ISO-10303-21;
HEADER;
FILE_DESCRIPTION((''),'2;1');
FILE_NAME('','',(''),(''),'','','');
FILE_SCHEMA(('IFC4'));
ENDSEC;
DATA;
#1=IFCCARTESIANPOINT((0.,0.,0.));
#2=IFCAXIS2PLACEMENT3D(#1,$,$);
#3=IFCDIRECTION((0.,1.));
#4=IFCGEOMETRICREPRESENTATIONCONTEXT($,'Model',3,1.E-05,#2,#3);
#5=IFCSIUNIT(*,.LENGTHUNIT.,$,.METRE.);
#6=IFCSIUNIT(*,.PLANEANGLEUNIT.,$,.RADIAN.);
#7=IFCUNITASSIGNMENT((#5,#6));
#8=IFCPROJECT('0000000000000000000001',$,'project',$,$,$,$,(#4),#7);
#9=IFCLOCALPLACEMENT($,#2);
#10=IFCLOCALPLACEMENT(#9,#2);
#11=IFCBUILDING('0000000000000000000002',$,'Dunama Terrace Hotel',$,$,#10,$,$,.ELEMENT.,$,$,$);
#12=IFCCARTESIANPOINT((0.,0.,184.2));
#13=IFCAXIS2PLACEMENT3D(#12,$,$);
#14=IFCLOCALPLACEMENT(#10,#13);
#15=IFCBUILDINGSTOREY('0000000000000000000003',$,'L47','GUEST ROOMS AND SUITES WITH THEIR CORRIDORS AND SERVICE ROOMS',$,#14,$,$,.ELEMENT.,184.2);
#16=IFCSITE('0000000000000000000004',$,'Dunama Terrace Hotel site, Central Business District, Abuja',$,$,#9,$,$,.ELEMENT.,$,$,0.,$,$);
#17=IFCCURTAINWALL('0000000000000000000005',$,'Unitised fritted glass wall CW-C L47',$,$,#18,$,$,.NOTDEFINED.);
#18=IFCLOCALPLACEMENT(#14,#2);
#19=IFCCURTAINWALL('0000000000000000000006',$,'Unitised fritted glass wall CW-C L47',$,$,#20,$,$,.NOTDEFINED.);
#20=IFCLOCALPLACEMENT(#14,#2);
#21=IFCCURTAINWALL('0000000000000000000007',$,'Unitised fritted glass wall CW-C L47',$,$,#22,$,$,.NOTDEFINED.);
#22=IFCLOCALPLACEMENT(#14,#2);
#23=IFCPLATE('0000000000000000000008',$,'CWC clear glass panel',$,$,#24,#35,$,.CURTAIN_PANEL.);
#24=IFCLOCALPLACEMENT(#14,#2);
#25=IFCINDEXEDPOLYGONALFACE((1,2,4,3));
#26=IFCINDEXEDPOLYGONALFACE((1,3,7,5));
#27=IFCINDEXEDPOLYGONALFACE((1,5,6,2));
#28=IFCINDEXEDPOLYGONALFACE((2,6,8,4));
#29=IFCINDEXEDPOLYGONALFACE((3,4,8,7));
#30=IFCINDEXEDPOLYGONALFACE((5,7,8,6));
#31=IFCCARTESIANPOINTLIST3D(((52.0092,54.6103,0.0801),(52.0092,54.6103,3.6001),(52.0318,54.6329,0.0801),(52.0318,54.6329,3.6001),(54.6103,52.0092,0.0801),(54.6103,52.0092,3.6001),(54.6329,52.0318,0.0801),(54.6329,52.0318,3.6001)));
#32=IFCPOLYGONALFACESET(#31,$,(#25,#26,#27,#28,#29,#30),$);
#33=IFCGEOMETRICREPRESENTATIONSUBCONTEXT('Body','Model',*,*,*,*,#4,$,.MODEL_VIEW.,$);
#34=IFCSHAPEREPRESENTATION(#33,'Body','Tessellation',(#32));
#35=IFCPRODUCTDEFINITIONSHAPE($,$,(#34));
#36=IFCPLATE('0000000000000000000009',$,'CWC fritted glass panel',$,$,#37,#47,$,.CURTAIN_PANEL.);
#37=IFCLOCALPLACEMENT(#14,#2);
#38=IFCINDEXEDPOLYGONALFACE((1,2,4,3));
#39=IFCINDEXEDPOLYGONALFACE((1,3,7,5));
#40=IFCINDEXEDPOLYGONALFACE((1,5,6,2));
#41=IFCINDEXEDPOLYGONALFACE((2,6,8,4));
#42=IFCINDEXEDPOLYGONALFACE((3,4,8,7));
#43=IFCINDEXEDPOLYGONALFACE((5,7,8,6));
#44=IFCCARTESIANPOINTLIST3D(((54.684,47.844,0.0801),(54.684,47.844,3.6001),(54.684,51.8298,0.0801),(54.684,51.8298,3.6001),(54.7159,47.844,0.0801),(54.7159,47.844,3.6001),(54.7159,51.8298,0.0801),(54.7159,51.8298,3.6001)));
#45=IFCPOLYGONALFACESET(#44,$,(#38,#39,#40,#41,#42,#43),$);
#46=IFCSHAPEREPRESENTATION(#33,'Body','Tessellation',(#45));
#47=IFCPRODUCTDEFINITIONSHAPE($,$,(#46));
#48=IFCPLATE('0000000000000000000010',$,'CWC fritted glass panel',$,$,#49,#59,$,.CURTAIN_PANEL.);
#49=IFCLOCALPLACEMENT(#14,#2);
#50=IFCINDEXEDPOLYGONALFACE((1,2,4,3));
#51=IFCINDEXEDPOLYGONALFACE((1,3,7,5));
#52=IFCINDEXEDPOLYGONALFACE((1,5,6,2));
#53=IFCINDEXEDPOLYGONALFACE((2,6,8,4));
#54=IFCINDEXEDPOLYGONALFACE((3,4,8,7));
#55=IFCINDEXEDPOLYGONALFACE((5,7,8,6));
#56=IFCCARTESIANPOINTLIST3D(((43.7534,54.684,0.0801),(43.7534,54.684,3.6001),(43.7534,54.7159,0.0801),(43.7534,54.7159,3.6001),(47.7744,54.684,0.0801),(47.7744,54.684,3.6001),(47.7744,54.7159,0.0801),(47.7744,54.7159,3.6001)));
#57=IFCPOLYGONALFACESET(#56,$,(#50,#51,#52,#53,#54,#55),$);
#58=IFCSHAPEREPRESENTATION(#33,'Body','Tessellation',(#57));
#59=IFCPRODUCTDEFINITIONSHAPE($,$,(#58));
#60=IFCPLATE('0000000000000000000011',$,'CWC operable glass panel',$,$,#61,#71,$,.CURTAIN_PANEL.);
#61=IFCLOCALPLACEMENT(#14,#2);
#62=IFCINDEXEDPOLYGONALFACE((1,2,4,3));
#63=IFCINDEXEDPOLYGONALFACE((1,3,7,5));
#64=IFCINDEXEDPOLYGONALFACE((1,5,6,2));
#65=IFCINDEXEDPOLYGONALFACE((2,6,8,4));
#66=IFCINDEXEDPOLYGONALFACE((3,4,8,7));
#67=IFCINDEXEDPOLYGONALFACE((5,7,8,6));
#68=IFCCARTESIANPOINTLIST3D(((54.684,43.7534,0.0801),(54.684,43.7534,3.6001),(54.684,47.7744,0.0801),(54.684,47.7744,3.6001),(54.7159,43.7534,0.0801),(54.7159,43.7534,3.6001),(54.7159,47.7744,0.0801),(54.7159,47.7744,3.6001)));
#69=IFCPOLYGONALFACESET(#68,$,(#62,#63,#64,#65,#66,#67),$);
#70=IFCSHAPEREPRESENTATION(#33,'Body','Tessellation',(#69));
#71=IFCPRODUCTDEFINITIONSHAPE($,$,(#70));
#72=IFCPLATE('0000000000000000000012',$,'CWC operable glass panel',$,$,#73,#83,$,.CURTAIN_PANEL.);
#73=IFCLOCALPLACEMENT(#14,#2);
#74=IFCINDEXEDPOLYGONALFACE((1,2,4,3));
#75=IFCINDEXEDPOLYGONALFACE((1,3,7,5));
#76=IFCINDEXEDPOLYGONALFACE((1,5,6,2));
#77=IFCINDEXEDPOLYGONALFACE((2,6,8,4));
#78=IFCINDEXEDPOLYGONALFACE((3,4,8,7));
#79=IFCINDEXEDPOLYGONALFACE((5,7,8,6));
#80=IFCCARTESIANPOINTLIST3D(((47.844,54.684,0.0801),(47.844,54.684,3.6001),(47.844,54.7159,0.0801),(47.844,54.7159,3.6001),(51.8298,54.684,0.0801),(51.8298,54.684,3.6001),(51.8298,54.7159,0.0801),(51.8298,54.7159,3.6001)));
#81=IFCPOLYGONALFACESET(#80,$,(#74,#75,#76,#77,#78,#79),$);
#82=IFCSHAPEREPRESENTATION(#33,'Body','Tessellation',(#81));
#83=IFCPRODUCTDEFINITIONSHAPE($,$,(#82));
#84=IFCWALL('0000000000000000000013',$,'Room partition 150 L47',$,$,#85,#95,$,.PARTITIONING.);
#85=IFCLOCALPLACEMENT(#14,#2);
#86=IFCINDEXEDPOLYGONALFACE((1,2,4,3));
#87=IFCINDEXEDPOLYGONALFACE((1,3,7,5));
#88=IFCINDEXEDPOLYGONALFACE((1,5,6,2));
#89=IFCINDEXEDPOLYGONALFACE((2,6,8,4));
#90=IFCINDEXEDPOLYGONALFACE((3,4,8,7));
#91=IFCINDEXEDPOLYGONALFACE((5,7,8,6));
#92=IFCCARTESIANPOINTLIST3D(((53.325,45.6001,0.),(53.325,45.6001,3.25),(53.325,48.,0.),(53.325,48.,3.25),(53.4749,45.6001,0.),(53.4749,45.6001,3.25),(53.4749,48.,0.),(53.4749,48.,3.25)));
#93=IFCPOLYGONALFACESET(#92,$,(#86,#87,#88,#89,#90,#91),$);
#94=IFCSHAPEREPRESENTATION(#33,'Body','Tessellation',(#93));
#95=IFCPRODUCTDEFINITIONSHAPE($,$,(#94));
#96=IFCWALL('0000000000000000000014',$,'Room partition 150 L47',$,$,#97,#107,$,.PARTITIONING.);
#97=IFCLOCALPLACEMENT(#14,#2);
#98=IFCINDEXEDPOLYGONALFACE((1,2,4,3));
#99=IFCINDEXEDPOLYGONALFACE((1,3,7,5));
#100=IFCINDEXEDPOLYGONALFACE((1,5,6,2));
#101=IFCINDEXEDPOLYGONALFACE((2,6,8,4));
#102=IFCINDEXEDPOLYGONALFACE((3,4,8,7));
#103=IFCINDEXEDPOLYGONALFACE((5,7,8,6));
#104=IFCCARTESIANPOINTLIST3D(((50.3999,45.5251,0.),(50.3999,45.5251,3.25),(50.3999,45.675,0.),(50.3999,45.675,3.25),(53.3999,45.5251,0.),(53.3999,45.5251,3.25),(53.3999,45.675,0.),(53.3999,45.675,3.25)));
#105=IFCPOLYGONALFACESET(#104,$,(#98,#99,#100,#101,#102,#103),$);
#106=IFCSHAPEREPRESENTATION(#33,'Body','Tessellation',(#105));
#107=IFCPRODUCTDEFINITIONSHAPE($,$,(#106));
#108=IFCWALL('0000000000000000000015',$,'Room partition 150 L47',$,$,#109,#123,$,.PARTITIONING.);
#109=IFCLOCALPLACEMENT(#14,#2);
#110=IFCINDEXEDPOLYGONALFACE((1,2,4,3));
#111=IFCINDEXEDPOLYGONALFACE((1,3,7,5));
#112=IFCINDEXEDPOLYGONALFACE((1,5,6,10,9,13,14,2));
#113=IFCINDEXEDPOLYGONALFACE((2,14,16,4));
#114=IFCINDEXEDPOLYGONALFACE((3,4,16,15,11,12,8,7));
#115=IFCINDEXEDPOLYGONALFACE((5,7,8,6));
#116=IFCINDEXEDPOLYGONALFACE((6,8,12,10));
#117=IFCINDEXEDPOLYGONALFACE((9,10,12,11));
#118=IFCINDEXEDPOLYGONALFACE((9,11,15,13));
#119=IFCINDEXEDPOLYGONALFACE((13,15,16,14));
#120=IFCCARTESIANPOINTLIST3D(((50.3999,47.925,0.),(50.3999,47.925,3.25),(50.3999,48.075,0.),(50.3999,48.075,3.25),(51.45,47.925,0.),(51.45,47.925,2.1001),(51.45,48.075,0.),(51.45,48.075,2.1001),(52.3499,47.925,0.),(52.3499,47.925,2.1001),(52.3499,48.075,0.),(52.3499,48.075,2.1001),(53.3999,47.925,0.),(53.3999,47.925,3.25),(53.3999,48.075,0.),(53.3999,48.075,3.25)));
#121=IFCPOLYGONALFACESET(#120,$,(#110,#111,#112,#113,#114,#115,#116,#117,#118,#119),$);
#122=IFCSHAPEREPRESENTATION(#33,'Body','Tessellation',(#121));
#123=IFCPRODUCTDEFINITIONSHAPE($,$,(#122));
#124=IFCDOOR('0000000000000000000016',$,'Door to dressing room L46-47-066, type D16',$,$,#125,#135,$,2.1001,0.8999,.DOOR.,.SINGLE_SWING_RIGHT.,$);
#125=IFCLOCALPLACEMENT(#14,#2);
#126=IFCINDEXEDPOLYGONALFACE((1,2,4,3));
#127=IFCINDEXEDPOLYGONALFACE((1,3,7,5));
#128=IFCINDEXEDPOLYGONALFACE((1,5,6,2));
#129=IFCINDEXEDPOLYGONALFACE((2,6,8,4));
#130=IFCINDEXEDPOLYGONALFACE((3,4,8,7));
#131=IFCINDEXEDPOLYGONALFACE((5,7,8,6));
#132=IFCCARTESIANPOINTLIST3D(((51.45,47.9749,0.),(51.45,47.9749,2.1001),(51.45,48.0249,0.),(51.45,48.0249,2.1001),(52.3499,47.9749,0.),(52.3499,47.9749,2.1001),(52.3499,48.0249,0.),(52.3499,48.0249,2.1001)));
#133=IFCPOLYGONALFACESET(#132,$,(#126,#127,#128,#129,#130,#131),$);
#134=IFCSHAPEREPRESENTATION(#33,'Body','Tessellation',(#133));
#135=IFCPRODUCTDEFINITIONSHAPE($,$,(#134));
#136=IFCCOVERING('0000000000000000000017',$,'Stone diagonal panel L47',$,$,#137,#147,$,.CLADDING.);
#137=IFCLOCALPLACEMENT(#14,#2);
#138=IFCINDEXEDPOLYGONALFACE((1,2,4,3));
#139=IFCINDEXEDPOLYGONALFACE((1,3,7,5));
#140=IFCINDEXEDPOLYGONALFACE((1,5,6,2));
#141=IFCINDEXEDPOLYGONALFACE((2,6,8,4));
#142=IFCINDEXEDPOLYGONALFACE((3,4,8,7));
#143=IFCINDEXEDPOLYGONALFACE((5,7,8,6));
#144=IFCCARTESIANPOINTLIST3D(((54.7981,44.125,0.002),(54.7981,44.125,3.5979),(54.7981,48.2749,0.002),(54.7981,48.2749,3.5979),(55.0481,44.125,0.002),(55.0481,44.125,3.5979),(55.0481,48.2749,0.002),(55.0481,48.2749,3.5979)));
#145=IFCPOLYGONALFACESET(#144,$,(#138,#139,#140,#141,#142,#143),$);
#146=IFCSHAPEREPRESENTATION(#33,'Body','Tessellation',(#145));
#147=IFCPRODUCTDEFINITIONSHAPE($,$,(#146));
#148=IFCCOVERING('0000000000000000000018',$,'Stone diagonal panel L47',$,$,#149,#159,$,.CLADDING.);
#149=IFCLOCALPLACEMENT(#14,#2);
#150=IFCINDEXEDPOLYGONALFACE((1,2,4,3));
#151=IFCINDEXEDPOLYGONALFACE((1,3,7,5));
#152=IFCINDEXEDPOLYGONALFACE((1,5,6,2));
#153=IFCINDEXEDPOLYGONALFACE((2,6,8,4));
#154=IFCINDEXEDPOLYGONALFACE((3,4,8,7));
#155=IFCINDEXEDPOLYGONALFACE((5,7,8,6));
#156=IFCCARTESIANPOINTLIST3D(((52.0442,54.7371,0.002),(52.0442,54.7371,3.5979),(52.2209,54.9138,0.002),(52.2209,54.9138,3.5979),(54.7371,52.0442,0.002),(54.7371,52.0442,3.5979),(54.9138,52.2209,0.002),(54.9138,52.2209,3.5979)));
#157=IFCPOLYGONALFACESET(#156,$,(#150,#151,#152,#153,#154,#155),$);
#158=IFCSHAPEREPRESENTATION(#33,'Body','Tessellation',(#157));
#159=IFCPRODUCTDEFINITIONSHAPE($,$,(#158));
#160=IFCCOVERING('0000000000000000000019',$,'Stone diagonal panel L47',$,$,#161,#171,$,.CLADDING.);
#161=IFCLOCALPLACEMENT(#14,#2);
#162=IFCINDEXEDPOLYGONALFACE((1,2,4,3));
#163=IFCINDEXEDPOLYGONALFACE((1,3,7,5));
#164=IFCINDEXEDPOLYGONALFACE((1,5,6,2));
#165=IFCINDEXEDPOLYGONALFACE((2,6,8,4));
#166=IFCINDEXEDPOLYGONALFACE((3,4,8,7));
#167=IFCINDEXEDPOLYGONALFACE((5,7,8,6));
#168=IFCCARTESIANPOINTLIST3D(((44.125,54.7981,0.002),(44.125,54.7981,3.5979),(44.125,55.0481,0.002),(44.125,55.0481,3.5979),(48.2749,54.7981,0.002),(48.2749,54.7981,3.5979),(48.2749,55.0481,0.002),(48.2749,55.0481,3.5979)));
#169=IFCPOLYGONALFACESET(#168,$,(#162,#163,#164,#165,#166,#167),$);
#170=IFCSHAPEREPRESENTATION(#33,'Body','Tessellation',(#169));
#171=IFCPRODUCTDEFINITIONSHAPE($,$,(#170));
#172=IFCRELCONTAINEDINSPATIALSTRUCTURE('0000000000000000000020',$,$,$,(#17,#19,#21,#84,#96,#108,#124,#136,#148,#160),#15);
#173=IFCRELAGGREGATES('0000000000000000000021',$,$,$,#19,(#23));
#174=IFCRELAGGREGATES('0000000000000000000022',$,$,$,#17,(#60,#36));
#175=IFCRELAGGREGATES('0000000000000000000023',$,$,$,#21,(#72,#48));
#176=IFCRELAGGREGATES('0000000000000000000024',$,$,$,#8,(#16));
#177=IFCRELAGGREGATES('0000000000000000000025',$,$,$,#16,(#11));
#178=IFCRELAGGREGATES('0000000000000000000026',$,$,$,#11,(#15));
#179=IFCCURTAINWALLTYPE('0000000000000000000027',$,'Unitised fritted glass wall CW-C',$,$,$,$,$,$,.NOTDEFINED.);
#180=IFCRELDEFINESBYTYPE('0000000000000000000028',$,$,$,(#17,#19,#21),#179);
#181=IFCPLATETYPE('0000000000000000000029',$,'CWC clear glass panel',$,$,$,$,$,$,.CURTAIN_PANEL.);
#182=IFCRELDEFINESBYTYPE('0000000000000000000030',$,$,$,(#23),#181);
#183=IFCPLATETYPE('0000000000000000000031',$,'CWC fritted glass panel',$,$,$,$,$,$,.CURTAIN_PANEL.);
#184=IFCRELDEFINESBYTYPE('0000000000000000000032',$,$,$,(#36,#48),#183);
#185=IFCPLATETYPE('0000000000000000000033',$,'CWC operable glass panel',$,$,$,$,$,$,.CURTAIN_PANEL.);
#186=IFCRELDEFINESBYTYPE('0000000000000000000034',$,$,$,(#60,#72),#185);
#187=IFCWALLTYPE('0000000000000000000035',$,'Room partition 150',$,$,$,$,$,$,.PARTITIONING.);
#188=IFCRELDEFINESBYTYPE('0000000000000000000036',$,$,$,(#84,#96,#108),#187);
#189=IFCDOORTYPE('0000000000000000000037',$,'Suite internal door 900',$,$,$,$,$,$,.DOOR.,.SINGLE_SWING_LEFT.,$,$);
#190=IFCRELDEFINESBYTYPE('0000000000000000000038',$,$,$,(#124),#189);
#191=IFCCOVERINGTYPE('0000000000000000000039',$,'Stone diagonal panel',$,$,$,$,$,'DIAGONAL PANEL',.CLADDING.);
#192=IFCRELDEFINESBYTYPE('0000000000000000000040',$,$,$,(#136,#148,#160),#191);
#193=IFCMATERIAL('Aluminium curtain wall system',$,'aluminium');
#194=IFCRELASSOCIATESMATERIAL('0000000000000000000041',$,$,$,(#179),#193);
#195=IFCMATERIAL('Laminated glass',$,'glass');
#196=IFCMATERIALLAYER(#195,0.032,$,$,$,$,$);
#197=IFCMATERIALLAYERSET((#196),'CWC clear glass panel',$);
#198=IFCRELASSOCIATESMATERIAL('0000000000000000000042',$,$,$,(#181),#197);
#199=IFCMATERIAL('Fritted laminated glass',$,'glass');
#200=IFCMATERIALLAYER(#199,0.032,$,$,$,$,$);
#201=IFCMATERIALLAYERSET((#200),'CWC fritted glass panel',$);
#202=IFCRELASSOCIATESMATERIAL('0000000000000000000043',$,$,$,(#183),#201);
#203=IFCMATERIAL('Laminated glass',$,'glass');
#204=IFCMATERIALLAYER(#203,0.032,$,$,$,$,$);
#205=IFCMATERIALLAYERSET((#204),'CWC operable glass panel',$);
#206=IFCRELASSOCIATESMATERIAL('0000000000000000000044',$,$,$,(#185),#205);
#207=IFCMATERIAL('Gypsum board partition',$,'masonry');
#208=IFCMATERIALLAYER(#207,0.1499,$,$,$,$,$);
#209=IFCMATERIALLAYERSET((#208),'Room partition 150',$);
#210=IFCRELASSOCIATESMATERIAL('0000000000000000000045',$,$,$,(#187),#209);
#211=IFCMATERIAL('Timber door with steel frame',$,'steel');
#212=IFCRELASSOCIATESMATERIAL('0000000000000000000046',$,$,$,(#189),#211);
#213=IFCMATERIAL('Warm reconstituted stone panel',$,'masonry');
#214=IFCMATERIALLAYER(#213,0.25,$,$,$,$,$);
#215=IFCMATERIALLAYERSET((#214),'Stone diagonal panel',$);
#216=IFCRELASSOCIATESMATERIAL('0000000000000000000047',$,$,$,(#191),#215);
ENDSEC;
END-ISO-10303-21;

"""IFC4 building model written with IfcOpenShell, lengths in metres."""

from ifc_helpers import new_model, si_unit, direction, frame, frame_2d, origin, origin_2d, place, context, subcontext, project, spatial, rectangle, extrude, material, layer, layer_set, type_object, element, fill, aggregate, save


model = new_model("IFC4")

# Units and contexts
model_context = context("Model", 3, precision=1e-05, world=origin(), true_north=direction((0.0, 1.0)))
body_context = subcontext(model_context, "Body", "Model", "MODEL_VIEW")
ifc_project = project(units=[si_unit("LENGTHUNIT", "METRE"), si_unit("PLANEANGLEUNIT", "RADIAN")], contexts=[model_context])

# Site, building, storey
site_placement = place(None, origin())
site = spatial("IfcSite", under=ifc_project, at=site_placement, Name="Dunama Terrace Hotel site, Central Business District, Abuja", CompositionType="ELEMENT", RefElevation=0.0)
building_placement = place(site_placement, origin())
building = spatial("IfcBuilding", under=site, at=building_placement, Name="Dunama Terrace Hotel", CompositionType="ELEMENT")
storey_placement = place(building_placement, frame((0.0, 0.0, 184.2)))
storey = spatial("IfcBuildingStorey", under=building, at=storey_placement, Name="L47", Description="GUEST ROOMS AND SUITES WITH THEIR CORRIDORS AND SERVICE ROOMS", CompositionType="ELEMENT", Elevation=184.2)

# Curtain walls
ifc_material_1 = material(Name="Aluminium curtain wall system", Category="aluminium")
curtain_wall_type = type_object("IfcCurtainWallType", Name="Unitised fritted glass wall CW-C", PredefinedType="NOTDEFINED", material=ifc_material_1)
curtain_wall_1_placement = place(storey_placement, origin())
curtain_wall_1 = element("IfcCurtainWall", 1, at=curtain_wall_1_placement, inside=storey, type_object=curtain_wall_type, Name="Unitised fritted glass wall CW-C L47", PredefinedType="NOTDEFINED")
curtain_wall_2_placement = place(storey_placement, origin())
curtain_wall_2 = element("IfcCurtainWall", 2, at=curtain_wall_2_placement, inside=storey, type_object=curtain_wall_type, Name="Unitised fritted glass wall CW-C L47", PredefinedType="NOTDEFINED")
curtain_wall_3_placement = place(storey_placement, origin())
curtain_wall_3 = element("IfcCurtainWall", 3, at=curtain_wall_3_placement, inside=storey, type_object=curtain_wall_type, Name="Unitised fritted glass wall CW-C L47", PredefinedType="NOTDEFINED")

# Plates
ifc_material_2 = material(Name="Laminated glass", Category="glass")
ifc_layer_1 = layer(ifc_material_2, 0.032)
ifc_layer_set_1 = layer_set([ifc_layer_1], Name="CWC clear glass panel")
plate_type_1 = type_object("IfcPlateType", Name="CWC clear glass panel", PredefinedType="CURTAIN_PANEL", material=ifc_layer_set_1)
plate_1_placement = place(storey_placement, frame((53.321, 53.321, 0.0801), z_axis=(0.0, 0.0, 1.0), x_axis=(-0.707107, 0.707107, 0.0)))
plate_1 = element("IfcPlate", 4, at=plate_1_placement, type_object=plate_type_1, Name="CWC clear glass panel", PredefinedType="CURTAIN_PANEL", context=body_context, shape_type="SweptSolid", body=[
    extrude(rectangle(XDim=3.6785, YDim=0.032, at=origin_2d()), origin(), (0.0, 0.0, 1.0), 3.52),
])
aggregate(curtain_wall_2, [plate_1])
ifc_material_3 = material(Name="Fritted laminated glass", Category="glass")
ifc_layer_2 = layer(ifc_material_3, 0.032)
ifc_layer_set_2 = layer_set([ifc_layer_2], Name="CWC fritted glass panel")
plate_type_2 = type_object("IfcPlateType", Name="CWC fritted glass panel", PredefinedType="CURTAIN_PANEL", material=ifc_layer_set_2)
plate_2_placement = place(storey_placement, frame((54.7, 49.8369, 0.0801), z_axis=(0.0, 0.0, 1.0), x_axis=(0.0, 1.0, 0.0)))
plate_2 = element("IfcPlate", 5, at=plate_2_placement, type_object=plate_type_2, Name="CWC fritted glass panel", PredefinedType="CURTAIN_PANEL", context=body_context, shape_type="SweptSolid", body=[
    extrude(rectangle(XDim=3.9858, YDim=0.032, at=origin_2d()), origin(), (0.0, 0.0, 1.0), 3.52),
])
plate_3_placement = place(storey_placement, frame((45.7639, 54.7, 0.0801), z_axis=(0.0, 0.0, 1.0), x_axis=(-1.0, 0.0, 0.0)))
plate_3 = element("IfcPlate", 6, at=plate_3_placement, type_object=plate_type_2, Name="CWC fritted glass panel", PredefinedType="CURTAIN_PANEL", context=body_context, shape_type="SweptSolid", body=[
    extrude(rectangle(XDim=4.021, YDim=0.032, at=origin_2d()), origin(), (0.0, 0.0, 1.0), 3.52),
])
ifc_material_4 = material(Name="Laminated glass", Category="glass")
ifc_layer_3 = layer(ifc_material_4, 0.032)
ifc_layer_set_3 = layer_set([ifc_layer_3], Name="CWC operable glass panel")
plate_type_3 = type_object("IfcPlateType", Name="CWC operable glass panel", PredefinedType="CURTAIN_PANEL", material=ifc_layer_set_3)
plate_4_placement = place(storey_placement, frame((54.7, 45.7639, 0.0801), z_axis=(0.0, 0.0, 1.0), x_axis=(0.0, 1.0, 0.0)))
plate_4 = element("IfcPlate", 7, at=plate_4_placement, type_object=plate_type_3, Name="CWC operable glass panel", PredefinedType="CURTAIN_PANEL", context=body_context, shape_type="SweptSolid", body=[
    extrude(rectangle(XDim=4.021, YDim=0.032, at=origin_2d()), origin(), (0.0, 0.0, 1.0), 3.52),
])
aggregate(curtain_wall_1, [plate_4, plate_2])
plate_5_placement = place(storey_placement, frame((49.8369, 54.7, 0.0801), z_axis=(0.0, 0.0, 1.0), x_axis=(-1.0, 0.0, 0.0)))
plate_5 = element("IfcPlate", 8, at=plate_5_placement, type_object=plate_type_3, Name="CWC operable glass panel", PredefinedType="CURTAIN_PANEL", context=body_context, shape_type="SweptSolid", body=[
    extrude(rectangle(XDim=3.9858, YDim=0.032, at=origin_2d()), origin(), (0.0, 0.0, 1.0), 3.52),
])
aggregate(curtain_wall_3, [plate_5, plate_3])

# Walls
ifc_material_5 = material(Name="Gypsum board partition", Category="masonry")
ifc_layer_4 = layer(ifc_material_5, 0.1499)
ifc_layer_set_4 = layer_set([ifc_layer_4], Name="Room partition 150")
wall_type = type_object("IfcWallType", Name="Room partition 150", PredefinedType="PARTITIONING", material=ifc_layer_set_4)
wall_1_placement = place(storey_placement, frame((53.3999, 45.6001, 0.0), z_axis=(0.0, 0.0, 1.0), x_axis=(0.0, 1.0, 0.0)))
element("IfcWall", 9, at=wall_1_placement, inside=storey, type_object=wall_type, Name="Room partition 150 L47", PredefinedType="PARTITIONING", context=body_context, shape_type="SweptSolid", body=[
    extrude(rectangle(XDim=2.3999, YDim=0.1499, at=frame_2d((1.2, 0.0))), origin(), (0.0, 0.0, 1.0), 3.25),
])
wall_2_placement = place(storey_placement, frame((50.3999, 45.6001, 0.0), z_axis=(0.0, 0.0, 1.0), x_axis=(1.0, 0.0, 0.0)))
element("IfcWall", 10, at=wall_2_placement, inside=storey, type_object=wall_type, Name="Room partition 150 L47", PredefinedType="PARTITIONING", context=body_context, shape_type="SweptSolid", body=[
    extrude(rectangle(XDim=3.0, YDim=0.1499, at=frame_2d((1.5, 0.0))), origin(), (0.0, 0.0, 1.0), 3.25),
])

# Wall, opening, door
wall_3_placement = place(storey_placement, frame((50.3999, 48.0, 0.0), z_axis=(0.0, 0.0, 1.0), x_axis=(1.0, 0.0, 0.0)))
wall_3 = element("IfcWall", 11, at=wall_3_placement, inside=storey, type_object=wall_type, Name="Room partition 150 L47", PredefinedType="PARTITIONING", context=body_context, shape_type="SweptSolid", body=[
    extrude(rectangle(XDim=3.0, YDim=0.1499, at=frame_2d((1.5, 0.0))), origin(), (0.0, 0.0, 1.0), 3.25),
])
opening_placement = place(wall_3_placement, frame((1.05, 0.0, 0.0)))
opening = element("IfcOpeningElement", 12, at=opening_placement, cuts=wall_3, PredefinedType="OPENING", context=body_context, shape_type="SweptSolid", body=[
    extrude(rectangle(XDim=0.8999, YDim=2.1001, at=frame_2d((0.45, 1.05))), frame((0.0, 0.085, 0.0), z_axis=(0.0, -1.0, 0.0), x_axis=(1.0, 0.0, 0.0)), (0.0, 0.0, 1.0), 0.1699),
])
ifc_material_6 = material(Name="Timber door with steel frame", Category="steel")
door_type = type_object("IfcDoorType", Name="Suite internal door 900", OperationType="SINGLE_SWING_LEFT", PredefinedType="DOOR", material=ifc_material_6)
door_placement = place(opening_placement, frame((0.8999, 0.0, 0.0), z_axis=(0.0, 0.0, 1.0), x_axis=(-1.0, 0.0, 0.0)))
door = element("IfcDoor", 13, at=door_placement, inside=storey, type_object=door_type, Name="Door to dressing room L46-47-066, type D16", OperationType="SINGLE_SWING_RIGHT", OverallHeight=2.1001, OverallWidth=0.8999, PredefinedType="DOOR", context=body_context, shape_type="SweptSolid", body=[
    extrude(rectangle(XDim=0.8999, YDim=2.1001, at=frame_2d((0.45, 1.05))), frame((0.0, 0.0251, 0.0), z_axis=(0.0, -1.0, 0.0), x_axis=(1.0, 0.0, 0.0)), (0.0, 0.0, 1.0), 0.05),
])
fill(opening, door)

# Coverings
ifc_material_7 = material(Name="Warm reconstituted stone panel", Category="masonry")
ifc_layer_5 = layer(ifc_material_7, 0.25)
ifc_layer_set_5 = layer_set([ifc_layer_5], Name="Stone diagonal panel")
covering_type = type_object("IfcCoveringType", Name="Stone diagonal panel", ElementType="DIAGONAL PANEL", PredefinedType="CLADDING", material=ifc_layer_set_5)
covering_1_placement = place(storey_placement, frame((54.9231, 46.2, 0.002), z_axis=(0.0, 0.0, 1.0), x_axis=(0.0, 1.0, 0.0)))
element("IfcCovering", 14, at=covering_1_placement, inside=storey, type_object=covering_type, Name="Stone diagonal panel L47", PredefinedType="CLADDING", context=body_context, shape_type="SweptSolid", body=[
    extrude(rectangle(XDim=4.1499, YDim=0.25, at=origin_2d()), origin(), (0.0, 0.0, 1.0), 3.5959),
])
covering_2_placement = place(storey_placement, frame((53.479, 53.479, 0.002), z_axis=(0.0, 0.0, 1.0), x_axis=(-0.707107, 0.707107, 0.0)))
element("IfcCovering", 15, at=covering_2_placement, inside=storey, type_object=covering_type, Name="Stone diagonal panel L47", PredefinedType="CLADDING", context=body_context, shape_type="SweptSolid", body=[
    extrude(rectangle(XDim=3.8083, YDim=0.25, at=origin_2d()), origin(), (0.0, 0.0, 1.0), 3.5959),
])
covering_3_placement = place(storey_placement, frame((46.2, 54.9231, 0.002), z_axis=(0.0, 0.0, 1.0), x_axis=(-1.0, 0.0, 0.0)))
element("IfcCovering", 16, at=covering_3_placement, inside=storey, type_object=covering_type, Name="Stone diagonal panel L47", PredefinedType="CLADDING", context=body_context, shape_type="SweptSolid", body=[
    extrude(rectangle(XDim=4.1499, YDim=0.25, at=origin_2d()), origin(), (0.0, 0.0, 1.0), 3.5959),
])

save(model, "model.ifc")
